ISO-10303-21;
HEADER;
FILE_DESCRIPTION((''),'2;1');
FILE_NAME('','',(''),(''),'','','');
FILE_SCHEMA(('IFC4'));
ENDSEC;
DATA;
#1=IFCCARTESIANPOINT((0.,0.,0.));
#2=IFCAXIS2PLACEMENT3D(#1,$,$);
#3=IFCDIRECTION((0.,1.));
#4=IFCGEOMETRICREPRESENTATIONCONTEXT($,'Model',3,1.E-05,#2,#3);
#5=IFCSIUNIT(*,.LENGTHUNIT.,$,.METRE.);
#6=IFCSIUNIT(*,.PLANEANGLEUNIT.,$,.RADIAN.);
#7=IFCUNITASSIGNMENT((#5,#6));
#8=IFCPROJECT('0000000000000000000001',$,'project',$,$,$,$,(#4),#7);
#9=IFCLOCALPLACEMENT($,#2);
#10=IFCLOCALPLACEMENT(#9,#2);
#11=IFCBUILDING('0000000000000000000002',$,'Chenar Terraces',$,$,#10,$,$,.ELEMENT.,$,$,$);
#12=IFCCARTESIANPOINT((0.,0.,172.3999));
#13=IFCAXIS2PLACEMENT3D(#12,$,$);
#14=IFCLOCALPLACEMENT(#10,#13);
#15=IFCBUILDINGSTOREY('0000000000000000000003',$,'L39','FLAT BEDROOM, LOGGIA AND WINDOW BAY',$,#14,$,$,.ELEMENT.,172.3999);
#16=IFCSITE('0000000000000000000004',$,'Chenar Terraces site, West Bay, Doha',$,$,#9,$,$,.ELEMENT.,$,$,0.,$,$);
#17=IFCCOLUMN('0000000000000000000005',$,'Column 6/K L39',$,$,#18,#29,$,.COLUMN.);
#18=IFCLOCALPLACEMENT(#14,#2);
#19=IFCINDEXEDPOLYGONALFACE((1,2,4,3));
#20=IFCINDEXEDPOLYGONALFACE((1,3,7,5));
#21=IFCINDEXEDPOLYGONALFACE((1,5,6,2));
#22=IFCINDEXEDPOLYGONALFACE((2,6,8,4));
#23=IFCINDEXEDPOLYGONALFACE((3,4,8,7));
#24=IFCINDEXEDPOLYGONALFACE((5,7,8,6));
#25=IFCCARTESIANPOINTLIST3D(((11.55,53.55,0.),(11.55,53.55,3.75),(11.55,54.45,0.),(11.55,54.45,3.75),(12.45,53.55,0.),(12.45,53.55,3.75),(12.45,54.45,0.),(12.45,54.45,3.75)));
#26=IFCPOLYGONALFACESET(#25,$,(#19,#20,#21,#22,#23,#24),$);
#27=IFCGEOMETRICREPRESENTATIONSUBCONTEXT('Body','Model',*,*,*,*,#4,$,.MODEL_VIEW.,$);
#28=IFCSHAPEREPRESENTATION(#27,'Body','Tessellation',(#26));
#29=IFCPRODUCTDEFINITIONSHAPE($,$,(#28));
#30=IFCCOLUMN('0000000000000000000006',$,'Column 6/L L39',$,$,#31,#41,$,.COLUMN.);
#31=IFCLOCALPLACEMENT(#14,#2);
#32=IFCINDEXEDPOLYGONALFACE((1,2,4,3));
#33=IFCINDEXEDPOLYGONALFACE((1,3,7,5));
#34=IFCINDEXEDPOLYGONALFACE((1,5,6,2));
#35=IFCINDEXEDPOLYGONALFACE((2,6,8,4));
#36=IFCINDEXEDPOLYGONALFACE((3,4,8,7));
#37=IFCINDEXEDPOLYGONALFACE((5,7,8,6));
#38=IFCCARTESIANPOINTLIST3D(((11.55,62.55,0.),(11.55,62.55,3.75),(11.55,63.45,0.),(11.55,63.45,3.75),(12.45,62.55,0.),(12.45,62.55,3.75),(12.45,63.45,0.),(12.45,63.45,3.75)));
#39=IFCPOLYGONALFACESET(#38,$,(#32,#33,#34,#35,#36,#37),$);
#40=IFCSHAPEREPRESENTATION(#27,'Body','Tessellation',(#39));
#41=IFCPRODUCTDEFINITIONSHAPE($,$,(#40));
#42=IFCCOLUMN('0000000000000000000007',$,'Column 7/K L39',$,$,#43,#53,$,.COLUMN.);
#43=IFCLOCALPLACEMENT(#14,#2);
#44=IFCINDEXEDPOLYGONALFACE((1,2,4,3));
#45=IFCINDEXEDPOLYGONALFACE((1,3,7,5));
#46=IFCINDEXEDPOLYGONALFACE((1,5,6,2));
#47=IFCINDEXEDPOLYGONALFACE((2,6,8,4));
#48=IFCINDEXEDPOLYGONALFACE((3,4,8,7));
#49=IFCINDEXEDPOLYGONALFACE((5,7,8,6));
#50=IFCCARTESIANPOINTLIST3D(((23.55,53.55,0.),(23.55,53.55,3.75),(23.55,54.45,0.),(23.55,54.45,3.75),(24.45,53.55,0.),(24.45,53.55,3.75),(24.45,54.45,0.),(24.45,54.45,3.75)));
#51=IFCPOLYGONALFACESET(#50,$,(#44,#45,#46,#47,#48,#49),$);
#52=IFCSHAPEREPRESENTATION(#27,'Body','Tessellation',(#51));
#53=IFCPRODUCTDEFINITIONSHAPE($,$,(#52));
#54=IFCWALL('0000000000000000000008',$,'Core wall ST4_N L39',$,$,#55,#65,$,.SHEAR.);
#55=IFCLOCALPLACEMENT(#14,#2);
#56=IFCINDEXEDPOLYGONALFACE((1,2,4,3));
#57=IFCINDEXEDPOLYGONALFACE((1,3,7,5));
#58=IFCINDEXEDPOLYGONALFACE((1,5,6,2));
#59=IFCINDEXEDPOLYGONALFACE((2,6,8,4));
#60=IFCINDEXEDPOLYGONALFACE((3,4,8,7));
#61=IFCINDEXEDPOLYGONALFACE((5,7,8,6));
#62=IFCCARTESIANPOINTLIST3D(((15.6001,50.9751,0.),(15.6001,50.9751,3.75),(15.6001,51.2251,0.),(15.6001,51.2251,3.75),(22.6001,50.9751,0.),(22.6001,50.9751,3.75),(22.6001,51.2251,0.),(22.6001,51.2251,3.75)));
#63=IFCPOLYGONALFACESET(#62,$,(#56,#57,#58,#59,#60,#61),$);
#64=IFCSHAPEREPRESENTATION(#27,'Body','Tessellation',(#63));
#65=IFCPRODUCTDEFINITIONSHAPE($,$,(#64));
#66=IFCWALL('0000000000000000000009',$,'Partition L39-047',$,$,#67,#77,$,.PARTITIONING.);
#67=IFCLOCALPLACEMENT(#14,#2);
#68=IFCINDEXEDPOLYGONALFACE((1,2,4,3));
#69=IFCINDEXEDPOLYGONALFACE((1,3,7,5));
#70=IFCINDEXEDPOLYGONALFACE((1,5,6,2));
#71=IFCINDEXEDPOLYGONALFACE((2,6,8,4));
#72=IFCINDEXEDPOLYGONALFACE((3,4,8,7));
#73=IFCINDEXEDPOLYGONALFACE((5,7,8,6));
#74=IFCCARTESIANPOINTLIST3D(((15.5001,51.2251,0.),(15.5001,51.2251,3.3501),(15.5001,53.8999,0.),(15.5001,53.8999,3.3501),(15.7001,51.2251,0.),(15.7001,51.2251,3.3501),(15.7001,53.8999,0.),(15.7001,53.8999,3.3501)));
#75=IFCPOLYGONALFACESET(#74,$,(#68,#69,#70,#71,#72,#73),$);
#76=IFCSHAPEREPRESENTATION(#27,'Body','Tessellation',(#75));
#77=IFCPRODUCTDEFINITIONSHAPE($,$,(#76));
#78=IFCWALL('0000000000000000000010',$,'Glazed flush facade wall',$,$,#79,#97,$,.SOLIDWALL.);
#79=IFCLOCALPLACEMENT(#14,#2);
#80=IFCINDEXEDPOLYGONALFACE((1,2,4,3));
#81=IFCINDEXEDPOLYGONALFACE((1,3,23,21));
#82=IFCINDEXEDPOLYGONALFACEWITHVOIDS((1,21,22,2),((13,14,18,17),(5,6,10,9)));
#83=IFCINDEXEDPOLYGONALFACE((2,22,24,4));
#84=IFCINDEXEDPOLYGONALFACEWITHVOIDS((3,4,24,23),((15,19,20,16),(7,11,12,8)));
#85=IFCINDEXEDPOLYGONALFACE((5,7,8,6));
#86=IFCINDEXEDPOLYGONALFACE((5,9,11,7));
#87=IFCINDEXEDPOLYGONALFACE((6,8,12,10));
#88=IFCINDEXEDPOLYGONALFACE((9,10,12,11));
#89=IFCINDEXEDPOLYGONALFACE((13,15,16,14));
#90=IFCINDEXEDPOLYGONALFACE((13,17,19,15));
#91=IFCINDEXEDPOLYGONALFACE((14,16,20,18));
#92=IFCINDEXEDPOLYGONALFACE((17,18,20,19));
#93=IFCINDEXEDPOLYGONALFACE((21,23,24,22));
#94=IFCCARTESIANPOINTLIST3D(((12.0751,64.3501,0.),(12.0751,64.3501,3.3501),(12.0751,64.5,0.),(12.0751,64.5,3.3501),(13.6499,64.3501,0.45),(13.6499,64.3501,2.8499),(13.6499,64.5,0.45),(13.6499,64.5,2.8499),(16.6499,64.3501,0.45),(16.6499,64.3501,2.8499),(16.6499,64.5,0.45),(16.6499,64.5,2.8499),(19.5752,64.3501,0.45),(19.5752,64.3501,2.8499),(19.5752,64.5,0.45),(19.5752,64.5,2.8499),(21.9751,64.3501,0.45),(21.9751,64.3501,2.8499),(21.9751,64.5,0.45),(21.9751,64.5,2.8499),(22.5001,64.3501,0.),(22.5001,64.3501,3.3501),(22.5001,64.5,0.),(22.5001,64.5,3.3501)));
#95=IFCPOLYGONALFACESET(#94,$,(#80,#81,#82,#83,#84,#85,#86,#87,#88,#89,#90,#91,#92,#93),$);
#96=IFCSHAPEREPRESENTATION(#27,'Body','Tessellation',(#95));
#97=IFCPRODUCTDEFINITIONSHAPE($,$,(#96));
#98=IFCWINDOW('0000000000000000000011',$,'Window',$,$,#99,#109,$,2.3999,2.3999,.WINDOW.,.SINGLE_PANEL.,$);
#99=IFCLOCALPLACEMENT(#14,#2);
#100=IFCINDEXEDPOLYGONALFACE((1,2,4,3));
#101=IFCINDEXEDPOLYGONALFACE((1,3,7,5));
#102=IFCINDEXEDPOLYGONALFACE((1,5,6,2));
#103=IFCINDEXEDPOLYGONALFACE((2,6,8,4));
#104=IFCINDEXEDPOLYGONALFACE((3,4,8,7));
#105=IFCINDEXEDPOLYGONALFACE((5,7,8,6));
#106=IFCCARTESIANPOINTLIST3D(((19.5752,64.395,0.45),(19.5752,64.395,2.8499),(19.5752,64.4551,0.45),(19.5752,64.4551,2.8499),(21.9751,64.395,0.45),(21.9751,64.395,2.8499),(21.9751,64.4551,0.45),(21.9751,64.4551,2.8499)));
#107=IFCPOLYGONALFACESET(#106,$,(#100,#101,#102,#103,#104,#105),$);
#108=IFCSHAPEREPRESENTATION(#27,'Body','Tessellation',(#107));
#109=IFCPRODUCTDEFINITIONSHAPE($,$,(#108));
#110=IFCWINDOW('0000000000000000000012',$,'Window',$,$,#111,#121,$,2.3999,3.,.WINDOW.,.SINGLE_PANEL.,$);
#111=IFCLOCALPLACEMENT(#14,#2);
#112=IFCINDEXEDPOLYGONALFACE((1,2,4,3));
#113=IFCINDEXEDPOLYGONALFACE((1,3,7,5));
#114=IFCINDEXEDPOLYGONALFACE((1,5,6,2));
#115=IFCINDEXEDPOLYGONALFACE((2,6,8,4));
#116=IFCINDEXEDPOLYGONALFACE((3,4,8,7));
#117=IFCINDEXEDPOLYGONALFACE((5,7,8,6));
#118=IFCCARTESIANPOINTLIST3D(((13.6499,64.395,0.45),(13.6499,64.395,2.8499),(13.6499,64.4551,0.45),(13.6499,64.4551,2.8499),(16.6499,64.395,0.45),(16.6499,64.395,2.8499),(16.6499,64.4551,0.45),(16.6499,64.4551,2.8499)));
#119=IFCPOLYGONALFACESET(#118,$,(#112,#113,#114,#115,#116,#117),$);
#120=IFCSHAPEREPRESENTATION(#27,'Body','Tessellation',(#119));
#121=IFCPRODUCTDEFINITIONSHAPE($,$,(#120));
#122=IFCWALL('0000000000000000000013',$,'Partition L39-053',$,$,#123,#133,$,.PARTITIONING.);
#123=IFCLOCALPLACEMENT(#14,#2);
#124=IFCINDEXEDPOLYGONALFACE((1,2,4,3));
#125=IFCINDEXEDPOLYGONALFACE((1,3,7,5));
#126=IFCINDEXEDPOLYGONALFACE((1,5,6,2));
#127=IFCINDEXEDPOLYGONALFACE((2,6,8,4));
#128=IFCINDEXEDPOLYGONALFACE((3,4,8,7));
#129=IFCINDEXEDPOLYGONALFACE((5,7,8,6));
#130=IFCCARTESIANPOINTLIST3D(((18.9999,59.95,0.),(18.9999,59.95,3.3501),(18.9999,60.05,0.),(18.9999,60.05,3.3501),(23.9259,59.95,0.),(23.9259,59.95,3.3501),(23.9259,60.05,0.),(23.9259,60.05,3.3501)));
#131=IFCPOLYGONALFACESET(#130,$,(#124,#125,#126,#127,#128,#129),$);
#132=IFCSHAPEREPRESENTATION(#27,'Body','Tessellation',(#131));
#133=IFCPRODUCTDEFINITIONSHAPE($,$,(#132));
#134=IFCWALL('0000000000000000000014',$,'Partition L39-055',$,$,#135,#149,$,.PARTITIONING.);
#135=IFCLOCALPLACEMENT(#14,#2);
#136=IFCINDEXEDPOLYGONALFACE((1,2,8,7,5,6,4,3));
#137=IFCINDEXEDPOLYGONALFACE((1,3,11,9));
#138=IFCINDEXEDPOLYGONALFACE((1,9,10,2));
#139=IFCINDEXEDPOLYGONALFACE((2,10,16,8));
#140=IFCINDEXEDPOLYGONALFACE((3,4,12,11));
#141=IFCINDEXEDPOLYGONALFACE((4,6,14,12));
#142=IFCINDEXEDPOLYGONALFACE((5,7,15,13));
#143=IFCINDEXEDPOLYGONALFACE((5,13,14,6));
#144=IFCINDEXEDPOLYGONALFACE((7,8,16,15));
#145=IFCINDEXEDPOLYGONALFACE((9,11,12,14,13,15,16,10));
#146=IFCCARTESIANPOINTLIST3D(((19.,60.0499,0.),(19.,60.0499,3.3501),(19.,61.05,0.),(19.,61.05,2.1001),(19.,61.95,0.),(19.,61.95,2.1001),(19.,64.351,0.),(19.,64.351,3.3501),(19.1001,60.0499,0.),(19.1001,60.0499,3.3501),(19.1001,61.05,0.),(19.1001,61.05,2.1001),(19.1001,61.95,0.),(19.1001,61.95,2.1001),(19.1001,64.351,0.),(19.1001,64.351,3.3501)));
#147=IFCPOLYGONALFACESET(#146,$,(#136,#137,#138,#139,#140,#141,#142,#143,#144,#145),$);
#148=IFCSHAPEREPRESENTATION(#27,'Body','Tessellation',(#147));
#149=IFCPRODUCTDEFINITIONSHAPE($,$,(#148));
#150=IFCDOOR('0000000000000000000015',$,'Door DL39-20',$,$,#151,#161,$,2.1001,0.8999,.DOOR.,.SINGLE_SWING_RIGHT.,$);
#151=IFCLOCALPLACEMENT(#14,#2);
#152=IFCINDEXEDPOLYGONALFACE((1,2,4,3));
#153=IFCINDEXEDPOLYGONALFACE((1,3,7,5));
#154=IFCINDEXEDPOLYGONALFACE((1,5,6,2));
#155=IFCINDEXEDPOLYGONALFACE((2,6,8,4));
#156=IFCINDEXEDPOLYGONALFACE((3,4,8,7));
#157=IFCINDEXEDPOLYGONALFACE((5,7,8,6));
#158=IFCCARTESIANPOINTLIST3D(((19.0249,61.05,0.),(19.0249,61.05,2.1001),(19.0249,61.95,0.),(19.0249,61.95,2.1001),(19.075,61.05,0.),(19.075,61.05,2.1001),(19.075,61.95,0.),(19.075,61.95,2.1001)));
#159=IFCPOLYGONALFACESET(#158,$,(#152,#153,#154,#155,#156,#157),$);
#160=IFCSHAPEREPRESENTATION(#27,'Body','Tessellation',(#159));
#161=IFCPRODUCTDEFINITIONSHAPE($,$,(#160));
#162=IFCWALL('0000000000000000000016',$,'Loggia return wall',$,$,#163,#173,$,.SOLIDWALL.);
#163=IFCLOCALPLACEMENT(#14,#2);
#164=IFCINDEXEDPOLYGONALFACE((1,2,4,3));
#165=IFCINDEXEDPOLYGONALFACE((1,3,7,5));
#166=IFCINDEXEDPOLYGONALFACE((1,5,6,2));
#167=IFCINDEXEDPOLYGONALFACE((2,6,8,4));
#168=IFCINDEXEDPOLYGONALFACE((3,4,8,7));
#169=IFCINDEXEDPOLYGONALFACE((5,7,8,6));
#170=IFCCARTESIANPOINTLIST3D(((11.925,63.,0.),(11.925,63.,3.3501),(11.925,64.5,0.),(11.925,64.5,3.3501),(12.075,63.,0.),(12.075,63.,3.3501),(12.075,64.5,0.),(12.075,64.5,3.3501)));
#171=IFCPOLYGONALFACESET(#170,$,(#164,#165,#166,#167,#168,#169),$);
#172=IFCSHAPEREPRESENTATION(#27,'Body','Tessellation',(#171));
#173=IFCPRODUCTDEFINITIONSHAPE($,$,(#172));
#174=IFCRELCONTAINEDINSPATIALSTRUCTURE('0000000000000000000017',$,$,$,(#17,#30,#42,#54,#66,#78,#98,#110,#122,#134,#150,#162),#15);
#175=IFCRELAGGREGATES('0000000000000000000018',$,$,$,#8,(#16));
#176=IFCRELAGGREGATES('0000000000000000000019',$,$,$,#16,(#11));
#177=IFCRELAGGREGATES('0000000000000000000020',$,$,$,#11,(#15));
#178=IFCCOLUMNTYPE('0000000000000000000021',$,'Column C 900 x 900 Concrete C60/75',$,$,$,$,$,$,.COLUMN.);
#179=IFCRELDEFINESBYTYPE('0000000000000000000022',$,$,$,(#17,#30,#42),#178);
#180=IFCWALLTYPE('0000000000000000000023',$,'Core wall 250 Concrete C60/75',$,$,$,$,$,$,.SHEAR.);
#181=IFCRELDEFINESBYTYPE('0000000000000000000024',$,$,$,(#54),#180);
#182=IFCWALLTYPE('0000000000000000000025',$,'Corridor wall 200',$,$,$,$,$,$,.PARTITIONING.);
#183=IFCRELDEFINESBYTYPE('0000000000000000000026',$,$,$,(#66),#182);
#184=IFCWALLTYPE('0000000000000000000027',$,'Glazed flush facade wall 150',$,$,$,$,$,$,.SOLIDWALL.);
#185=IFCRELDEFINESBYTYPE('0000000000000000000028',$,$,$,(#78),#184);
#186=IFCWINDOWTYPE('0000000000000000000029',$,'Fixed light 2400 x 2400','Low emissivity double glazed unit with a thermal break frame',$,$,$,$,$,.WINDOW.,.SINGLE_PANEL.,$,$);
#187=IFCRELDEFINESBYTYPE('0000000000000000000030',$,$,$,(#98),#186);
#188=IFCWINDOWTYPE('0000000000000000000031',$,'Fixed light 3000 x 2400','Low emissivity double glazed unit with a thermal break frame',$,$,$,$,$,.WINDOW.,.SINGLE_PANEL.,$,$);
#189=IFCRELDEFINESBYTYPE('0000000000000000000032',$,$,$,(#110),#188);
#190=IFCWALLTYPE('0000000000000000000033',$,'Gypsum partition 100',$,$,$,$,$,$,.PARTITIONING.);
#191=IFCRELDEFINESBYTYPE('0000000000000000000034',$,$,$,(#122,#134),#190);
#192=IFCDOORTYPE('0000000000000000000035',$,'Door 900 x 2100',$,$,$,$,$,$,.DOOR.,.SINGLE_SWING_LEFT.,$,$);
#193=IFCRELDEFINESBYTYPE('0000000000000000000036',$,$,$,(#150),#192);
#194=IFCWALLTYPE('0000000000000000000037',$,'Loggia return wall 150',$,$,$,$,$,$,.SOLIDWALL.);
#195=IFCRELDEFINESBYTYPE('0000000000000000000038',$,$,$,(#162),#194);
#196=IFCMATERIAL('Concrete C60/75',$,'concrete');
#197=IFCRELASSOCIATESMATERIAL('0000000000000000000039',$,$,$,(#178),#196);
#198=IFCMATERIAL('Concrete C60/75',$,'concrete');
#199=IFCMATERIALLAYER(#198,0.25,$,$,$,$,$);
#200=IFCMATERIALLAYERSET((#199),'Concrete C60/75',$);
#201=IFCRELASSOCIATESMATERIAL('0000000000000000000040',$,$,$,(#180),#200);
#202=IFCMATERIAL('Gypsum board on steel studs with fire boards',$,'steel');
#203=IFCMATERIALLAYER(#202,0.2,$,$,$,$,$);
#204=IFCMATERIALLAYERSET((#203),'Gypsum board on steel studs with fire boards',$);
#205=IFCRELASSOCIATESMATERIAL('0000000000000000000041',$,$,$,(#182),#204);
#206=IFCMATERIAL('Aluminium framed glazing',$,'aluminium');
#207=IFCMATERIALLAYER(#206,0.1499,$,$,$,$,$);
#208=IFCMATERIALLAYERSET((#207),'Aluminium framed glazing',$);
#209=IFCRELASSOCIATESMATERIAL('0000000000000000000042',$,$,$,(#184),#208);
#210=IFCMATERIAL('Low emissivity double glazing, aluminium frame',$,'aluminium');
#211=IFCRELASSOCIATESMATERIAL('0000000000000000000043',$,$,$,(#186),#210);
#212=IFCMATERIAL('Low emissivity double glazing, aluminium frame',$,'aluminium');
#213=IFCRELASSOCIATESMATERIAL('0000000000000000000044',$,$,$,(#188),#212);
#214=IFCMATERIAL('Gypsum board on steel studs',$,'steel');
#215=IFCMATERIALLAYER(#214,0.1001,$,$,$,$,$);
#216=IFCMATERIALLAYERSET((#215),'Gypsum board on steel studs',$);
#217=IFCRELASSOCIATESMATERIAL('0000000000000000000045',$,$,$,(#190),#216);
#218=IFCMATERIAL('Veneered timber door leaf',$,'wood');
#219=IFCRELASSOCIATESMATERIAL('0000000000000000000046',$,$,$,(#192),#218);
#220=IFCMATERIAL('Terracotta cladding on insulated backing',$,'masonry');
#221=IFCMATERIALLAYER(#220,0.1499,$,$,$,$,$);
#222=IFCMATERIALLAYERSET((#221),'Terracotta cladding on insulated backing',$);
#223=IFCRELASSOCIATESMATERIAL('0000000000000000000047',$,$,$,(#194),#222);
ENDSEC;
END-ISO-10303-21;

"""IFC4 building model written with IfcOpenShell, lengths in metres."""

from ifc_helpers import new_model, si_unit, direction, frame, frame_2d, origin, origin_2d, place, context, subcontext, project, spatial, rectangle, extrude, material, layer, layer_set, material_profile, profile_set, type_object, element, fill, save


model = new_model("IFC4")

# Units and contexts
model_context = context("Model", 3, precision=1e-05, world=origin(), true_north=direction((0.0, 1.0)))
body_context = subcontext(model_context, "Body", "Model", "MODEL_VIEW")
ifc_project = project(units=[si_unit("LENGTHUNIT", "METRE"), si_unit("PLANEANGLEUNIT", "RADIAN")], contexts=[model_context])

# Site, building, storey
site_placement = place(None, origin())
site = spatial("IfcSite", under=ifc_project, at=site_placement, Name="Chenar Terraces site, West Bay, Doha", CompositionType="ELEMENT", RefElevation=0.0)
building_placement = place(site_placement, origin())
building = spatial("IfcBuilding", under=site, at=building_placement, Name="Chenar Terraces", CompositionType="ELEMENT")
storey_placement = place(building_placement, frame((0.0, 0.0, 172.3999)))
storey = spatial("IfcBuildingStorey", under=building, at=storey_placement, Name="L39", Description="FLAT BEDROOM, LOGGIA AND WINDOW BAY", CompositionType="ELEMENT", Elevation=172.3999)

# Columns
ifc_material_1 = material(Name="Concrete C60/75", Category="concrete")
ifc_material_profile_1 = material_profile(ifc_material_1, rectangle(XDim=0.8999, YDim=0.8999, at=origin_2d()), Name="C 900 x 900")
ifc_profile_set_1 = profile_set([ifc_material_profile_1], Name="Concrete C60/75")
column_type = type_object("IfcColumnType", Name="Column C 900 x 900 Concrete C60/75", PredefinedType="COLUMN", material=ifc_profile_set_1)
for number, where, z_axis, x_axis, name in (
    (1, (12.0, 54.0, 0.0), (0.0, 0.0, 1.0), (1.0, 0.0, 0.0), "Column 6/K L39"),
    (2, (12.0, 63.0, 0.0), (0.0, 0.0, 1.0), (1.0, 0.0, 0.0), "Column 6/L L39"),
    (3, (24.0, 54.0, 0.0), (0.0, 0.0, 1.0), (1.0, 0.0, 0.0), "Column 7/K L39"),
):
    element("IfcColumn", number, at=place(storey_placement, frame(where, z_axis=z_axis, x_axis=x_axis)), inside=storey, type_object=column_type, Name=name, PredefinedType="COLUMN", context=body_context, shape_type="SweptSolid", body=[
        extrude(rectangle(XDim=0.8999, YDim=0.8999, at=origin_2d()), origin(), (0.0, 0.0, 1.0), 3.75),
    ])

# Walls
ifc_material_2 = material(Name="Concrete C60/75", Category="concrete")
ifc_layer_1 = layer(ifc_material_2, 0.25)
ifc_layer_set_1 = layer_set([ifc_layer_1], Name="Concrete C60/75")
wall_type_1 = type_object("IfcWallType", Name="Core wall 250 Concrete C60/75", PredefinedType="SHEAR", material=ifc_layer_set_1)
wall_1_placement = place(storey_placement, frame((15.6001, 51.1001, 0.0), z_axis=(0.0, 0.0, 1.0), x_axis=(1.0, 0.0, 0.0)))
element("IfcWall", 4, at=wall_1_placement, inside=storey, type_object=wall_type_1, Name="Core wall ST4_N L39", PredefinedType="SHEAR", context=body_context, shape_type="SweptSolid", body=[
    extrude(rectangle(XDim=7.0, YDim=0.25, at=frame_2d((3.5, 0.0))), origin(), (0.0, 0.0, 1.0), 3.75),
])
ifc_material_3 = material(Name="Gypsum board on steel studs with fire boards", Category="steel")
ifc_layer_2 = layer(ifc_material_3, 0.2)
ifc_layer_set_2 = layer_set([ifc_layer_2], Name="Gypsum board on steel studs with fire boards")
wall_type_2 = type_object("IfcWallType", Name="Corridor wall 200", PredefinedType="PARTITIONING", material=ifc_layer_set_2)
wall_2_placement = place(storey_placement, frame((15.6001, 51.2251, 0.0), z_axis=(0.0, 0.0, 1.0), x_axis=(0.0, 1.0, 0.0)))
element("IfcWall", 5, at=wall_2_placement, inside=storey, type_object=wall_type_2, Name="Partition L39-047", PredefinedType="PARTITIONING", context=body_context, shape_type="SweptSolid", body=[
    extrude(rectangle(XDim=2.6748, YDim=0.2, at=frame_2d((1.3374, 0.0))), origin(), (0.0, 0.0, 1.0), 3.3501),
])

# Wall, openings, windows
ifc_material_4 = material(Name="Aluminium framed glazing", Category="aluminium")
ifc_layer_3 = layer(ifc_material_4, 0.1499)
ifc_layer_set_3 = layer_set([ifc_layer_3], Name="Aluminium framed glazing")
wall_type_3 = type_object("IfcWallType", Name="Glazed flush facade wall 150", PredefinedType="SOLIDWALL", material=ifc_layer_set_3)
wall_3_placement = place(storey_placement, frame((22.5, 64.425, 0.0), z_axis=(0.0, 0.0, 1.0), x_axis=(-1.0, 0.0, 0.0)))
wall_3 = element("IfcWall", 6, at=wall_3_placement, inside=storey, type_object=wall_type_3, Name="Glazed flush facade wall", PredefinedType="SOLIDWALL", context=body_context, shape_type="SweptSolid", body=[
    extrude(rectangle(XDim=10.425, YDim=0.1499, at=frame_2d((5.2124, 0.0))), origin(), (0.0, 0.0, 1.0), 3.3501),
])
opening_1_placement = place(wall_3_placement, frame((0.5249, 0.0, 0.45)))
opening_1 = element("IfcOpeningElement", 7, at=opening_1_placement, cuts=wall_3, PredefinedType="OPENING", context=body_context, shape_type="SweptSolid", body=[
    extrude(rectangle(XDim=2.3999, YDim=2.3999, at=frame_2d((1.2, 1.2))), frame((0.0, 0.085, 0.0), z_axis=(0.0, -1.0, 0.0), x_axis=(1.0, 0.0, 0.0)), (0.0, 0.0, 1.0), 0.1699),
])
opening_2_placement = place(wall_3_placement, frame((5.8501, 0.0, 0.45)))
opening_2 = element("IfcOpeningElement", 8, at=opening_2_placement, cuts=wall_3, PredefinedType="OPENING", context=body_context, shape_type="SweptSolid", body=[
    extrude(rectangle(XDim=3.0, YDim=2.3999, at=frame_2d((1.5, 1.2))), frame((0.0, 0.085, 0.0), z_axis=(0.0, -1.0, 0.0), x_axis=(1.0, 0.0, 0.0)), (0.0, 0.0, 1.0), 0.1699),
])
ifc_material_5 = material(Name="Low emissivity double glazing, aluminium frame", Category="aluminium")
window_type_1 = type_object("IfcWindowType", Name="Fixed light 2400 x 2400", Description="Low emissivity double glazed unit with a thermal break frame", PartitioningType="SINGLE_PANEL", PredefinedType="WINDOW", material=ifc_material_5)
window_1_placement = place(opening_1_placement, origin())
window_1 = element("IfcWindow", 9, at=window_1_placement, inside=storey, type_object=window_type_1, Name="Window", OverallHeight=2.3999, OverallWidth=2.3999, PartitioningType="SINGLE_PANEL", PredefinedType="WINDOW", context=body_context, shape_type="SweptSolid", body=[
    extrude(rectangle(XDim=2.3999, YDim=2.3999, at=frame_2d((1.2, 1.2))), frame((0.0, 0.03, 0.0), z_axis=(0.0, -1.0, 0.0), x_axis=(1.0, 0.0, 0.0)), (0.0, 0.0, 1.0), 0.0601),
])
fill(opening_1, window_1)
ifc_material_6 = material(Name="Low emissivity double glazing, aluminium frame", Category="aluminium")
window_type_2 = type_object("IfcWindowType", Name="Fixed light 3000 x 2400", Description="Low emissivity double glazed unit with a thermal break frame", PartitioningType="SINGLE_PANEL", PredefinedType="WINDOW", material=ifc_material_6)
window_2_placement = place(opening_2_placement, origin())
window_2 = element("IfcWindow", 10, at=window_2_placement, inside=storey, type_object=window_type_2, Name="Window", OverallHeight=2.3999, OverallWidth=3.0, PartitioningType="SINGLE_PANEL", PredefinedType="WINDOW", context=body_context, shape_type="SweptSolid", body=[
    extrude(rectangle(XDim=3.0, YDim=2.3999, at=frame_2d((1.5, 1.2))), frame((0.0, 0.03, 0.0), z_axis=(0.0, -1.0, 0.0), x_axis=(1.0, 0.0, 0.0)), (0.0, 0.0, 1.0), 0.0601),
])
fill(opening_2, window_2)

# Wall
ifc_material_7 = material(Name="Gypsum board on steel studs", Category="steel")
ifc_layer_4 = layer(ifc_material_7, 0.1001)
ifc_layer_set_4 = layer_set([ifc_layer_4], Name="Gypsum board on steel studs")
wall_type_4 = type_object("IfcWallType", Name="Gypsum partition 100", PredefinedType="PARTITIONING", material=ifc_layer_set_4)
wall_4_placement = place(storey_placement, frame((19.0, 60.0, 0.0), z_axis=(0.0, 0.0, 1.0), x_axis=(1.0, 0.0, 0.0)))
element("IfcWall", 11, at=wall_4_placement, inside=storey, type_object=wall_type_4, Name="Partition L39-053", PredefinedType="PARTITIONING", context=body_context, shape_type="SweptSolid", body=[
    extrude(rectangle(XDim=4.926, YDim=0.1001, at=frame_2d((2.4629, 0.0))), origin(), (0.0, 0.0, 1.0), 3.3501),
])

# Wall, opening, door
wall_5_placement = place(storey_placement, frame((19.05, 60.05, 0.0), z_axis=(0.0, 0.0, 1.0), x_axis=(0.0, 1.0, 0.0)))
wall_5 = element("IfcWall", 12, at=wall_5_placement, inside=storey, type_object=wall_type_4, Name="Partition L39-055", PredefinedType="PARTITIONING", context=body_context, shape_type="SweptSolid", body=[
    extrude(rectangle(XDim=4.301, YDim=0.1001, at=frame_2d((2.1504, 0.0))), origin(), (0.0, 0.0, 1.0), 3.3501),
])
opening_3_placement = place(wall_5_placement, frame((1.0, 0.0, 0.0)))
opening_3 = element("IfcOpeningElement", 13, at=opening_3_placement, cuts=wall_5, PredefinedType="OPENING", context=body_context, shape_type="SweptSolid", body=[
    extrude(rectangle(XDim=0.8999, YDim=2.1001, at=frame_2d((0.45, 1.05))), frame((0.0, 0.0601, 0.0), z_axis=(0.0, -1.0, 0.0), x_axis=(1.0, 0.0, 0.0)), (0.0, 0.0, 1.0), 0.1201),
])
ifc_material_8 = material(Name="Veneered timber door leaf", Category="wood")
door_type_1 = type_object("IfcDoorType", Name="Door 900 x 2100", OperationType="SINGLE_SWING_LEFT", PredefinedType="DOOR", material=ifc_material_8)
door_1_placement = place(opening_3_placement, frame((0.8999, 0.0, 0.0), z_axis=(0.0, 0.0, 1.0), x_axis=(-1.0, 0.0, 0.0)))
door_1 = element("IfcDoor", 14, at=door_1_placement, inside=storey, type_object=door_type_1, Name="Door DL39-20", OperationType="SINGLE_SWING_RIGHT", OverallHeight=2.1001, OverallWidth=0.8999, PredefinedType="DOOR", context=body_context, shape_type="SweptSolid", body=[
    extrude(rectangle(XDim=0.8999, YDim=2.1001, at=frame_2d((0.45, 1.05))), frame((0.0, 0.0249, 0.0), z_axis=(0.0, -1.0, 0.0), x_axis=(1.0, 0.0, 0.0)), (0.0, 0.0, 1.0), 0.05),
])
fill(opening_3, door_1)

# Wall
ifc_material_9 = material(Name="Terracotta cladding on insulated backing", Category="masonry")
ifc_layer_5 = layer(ifc_material_9, 0.1499)
ifc_layer_set_5 = layer_set([ifc_layer_5], Name="Terracotta cladding on insulated backing")
wall_type_5 = type_object("IfcWallType", Name="Loggia return wall 150", PredefinedType="SOLIDWALL", material=ifc_layer_set_5)
wall_6_placement = place(storey_placement, frame((12.0, 64.5, 0.0), z_axis=(0.0, 0.0, 1.0), x_axis=(0.0, -1.0, 0.0)))
element("IfcWall", 15, at=wall_6_placement, inside=storey, type_object=wall_type_5, Name="Loggia return wall", PredefinedType="SOLIDWALL", context=body_context, shape_type="SweptSolid", body=[
    extrude(rectangle(XDim=1.5, YDim=0.1499, at=frame_2d((0.75, 0.0))), origin(), (0.0, 0.0, 1.0), 3.3501),
])

save(model, "model.ifc")
